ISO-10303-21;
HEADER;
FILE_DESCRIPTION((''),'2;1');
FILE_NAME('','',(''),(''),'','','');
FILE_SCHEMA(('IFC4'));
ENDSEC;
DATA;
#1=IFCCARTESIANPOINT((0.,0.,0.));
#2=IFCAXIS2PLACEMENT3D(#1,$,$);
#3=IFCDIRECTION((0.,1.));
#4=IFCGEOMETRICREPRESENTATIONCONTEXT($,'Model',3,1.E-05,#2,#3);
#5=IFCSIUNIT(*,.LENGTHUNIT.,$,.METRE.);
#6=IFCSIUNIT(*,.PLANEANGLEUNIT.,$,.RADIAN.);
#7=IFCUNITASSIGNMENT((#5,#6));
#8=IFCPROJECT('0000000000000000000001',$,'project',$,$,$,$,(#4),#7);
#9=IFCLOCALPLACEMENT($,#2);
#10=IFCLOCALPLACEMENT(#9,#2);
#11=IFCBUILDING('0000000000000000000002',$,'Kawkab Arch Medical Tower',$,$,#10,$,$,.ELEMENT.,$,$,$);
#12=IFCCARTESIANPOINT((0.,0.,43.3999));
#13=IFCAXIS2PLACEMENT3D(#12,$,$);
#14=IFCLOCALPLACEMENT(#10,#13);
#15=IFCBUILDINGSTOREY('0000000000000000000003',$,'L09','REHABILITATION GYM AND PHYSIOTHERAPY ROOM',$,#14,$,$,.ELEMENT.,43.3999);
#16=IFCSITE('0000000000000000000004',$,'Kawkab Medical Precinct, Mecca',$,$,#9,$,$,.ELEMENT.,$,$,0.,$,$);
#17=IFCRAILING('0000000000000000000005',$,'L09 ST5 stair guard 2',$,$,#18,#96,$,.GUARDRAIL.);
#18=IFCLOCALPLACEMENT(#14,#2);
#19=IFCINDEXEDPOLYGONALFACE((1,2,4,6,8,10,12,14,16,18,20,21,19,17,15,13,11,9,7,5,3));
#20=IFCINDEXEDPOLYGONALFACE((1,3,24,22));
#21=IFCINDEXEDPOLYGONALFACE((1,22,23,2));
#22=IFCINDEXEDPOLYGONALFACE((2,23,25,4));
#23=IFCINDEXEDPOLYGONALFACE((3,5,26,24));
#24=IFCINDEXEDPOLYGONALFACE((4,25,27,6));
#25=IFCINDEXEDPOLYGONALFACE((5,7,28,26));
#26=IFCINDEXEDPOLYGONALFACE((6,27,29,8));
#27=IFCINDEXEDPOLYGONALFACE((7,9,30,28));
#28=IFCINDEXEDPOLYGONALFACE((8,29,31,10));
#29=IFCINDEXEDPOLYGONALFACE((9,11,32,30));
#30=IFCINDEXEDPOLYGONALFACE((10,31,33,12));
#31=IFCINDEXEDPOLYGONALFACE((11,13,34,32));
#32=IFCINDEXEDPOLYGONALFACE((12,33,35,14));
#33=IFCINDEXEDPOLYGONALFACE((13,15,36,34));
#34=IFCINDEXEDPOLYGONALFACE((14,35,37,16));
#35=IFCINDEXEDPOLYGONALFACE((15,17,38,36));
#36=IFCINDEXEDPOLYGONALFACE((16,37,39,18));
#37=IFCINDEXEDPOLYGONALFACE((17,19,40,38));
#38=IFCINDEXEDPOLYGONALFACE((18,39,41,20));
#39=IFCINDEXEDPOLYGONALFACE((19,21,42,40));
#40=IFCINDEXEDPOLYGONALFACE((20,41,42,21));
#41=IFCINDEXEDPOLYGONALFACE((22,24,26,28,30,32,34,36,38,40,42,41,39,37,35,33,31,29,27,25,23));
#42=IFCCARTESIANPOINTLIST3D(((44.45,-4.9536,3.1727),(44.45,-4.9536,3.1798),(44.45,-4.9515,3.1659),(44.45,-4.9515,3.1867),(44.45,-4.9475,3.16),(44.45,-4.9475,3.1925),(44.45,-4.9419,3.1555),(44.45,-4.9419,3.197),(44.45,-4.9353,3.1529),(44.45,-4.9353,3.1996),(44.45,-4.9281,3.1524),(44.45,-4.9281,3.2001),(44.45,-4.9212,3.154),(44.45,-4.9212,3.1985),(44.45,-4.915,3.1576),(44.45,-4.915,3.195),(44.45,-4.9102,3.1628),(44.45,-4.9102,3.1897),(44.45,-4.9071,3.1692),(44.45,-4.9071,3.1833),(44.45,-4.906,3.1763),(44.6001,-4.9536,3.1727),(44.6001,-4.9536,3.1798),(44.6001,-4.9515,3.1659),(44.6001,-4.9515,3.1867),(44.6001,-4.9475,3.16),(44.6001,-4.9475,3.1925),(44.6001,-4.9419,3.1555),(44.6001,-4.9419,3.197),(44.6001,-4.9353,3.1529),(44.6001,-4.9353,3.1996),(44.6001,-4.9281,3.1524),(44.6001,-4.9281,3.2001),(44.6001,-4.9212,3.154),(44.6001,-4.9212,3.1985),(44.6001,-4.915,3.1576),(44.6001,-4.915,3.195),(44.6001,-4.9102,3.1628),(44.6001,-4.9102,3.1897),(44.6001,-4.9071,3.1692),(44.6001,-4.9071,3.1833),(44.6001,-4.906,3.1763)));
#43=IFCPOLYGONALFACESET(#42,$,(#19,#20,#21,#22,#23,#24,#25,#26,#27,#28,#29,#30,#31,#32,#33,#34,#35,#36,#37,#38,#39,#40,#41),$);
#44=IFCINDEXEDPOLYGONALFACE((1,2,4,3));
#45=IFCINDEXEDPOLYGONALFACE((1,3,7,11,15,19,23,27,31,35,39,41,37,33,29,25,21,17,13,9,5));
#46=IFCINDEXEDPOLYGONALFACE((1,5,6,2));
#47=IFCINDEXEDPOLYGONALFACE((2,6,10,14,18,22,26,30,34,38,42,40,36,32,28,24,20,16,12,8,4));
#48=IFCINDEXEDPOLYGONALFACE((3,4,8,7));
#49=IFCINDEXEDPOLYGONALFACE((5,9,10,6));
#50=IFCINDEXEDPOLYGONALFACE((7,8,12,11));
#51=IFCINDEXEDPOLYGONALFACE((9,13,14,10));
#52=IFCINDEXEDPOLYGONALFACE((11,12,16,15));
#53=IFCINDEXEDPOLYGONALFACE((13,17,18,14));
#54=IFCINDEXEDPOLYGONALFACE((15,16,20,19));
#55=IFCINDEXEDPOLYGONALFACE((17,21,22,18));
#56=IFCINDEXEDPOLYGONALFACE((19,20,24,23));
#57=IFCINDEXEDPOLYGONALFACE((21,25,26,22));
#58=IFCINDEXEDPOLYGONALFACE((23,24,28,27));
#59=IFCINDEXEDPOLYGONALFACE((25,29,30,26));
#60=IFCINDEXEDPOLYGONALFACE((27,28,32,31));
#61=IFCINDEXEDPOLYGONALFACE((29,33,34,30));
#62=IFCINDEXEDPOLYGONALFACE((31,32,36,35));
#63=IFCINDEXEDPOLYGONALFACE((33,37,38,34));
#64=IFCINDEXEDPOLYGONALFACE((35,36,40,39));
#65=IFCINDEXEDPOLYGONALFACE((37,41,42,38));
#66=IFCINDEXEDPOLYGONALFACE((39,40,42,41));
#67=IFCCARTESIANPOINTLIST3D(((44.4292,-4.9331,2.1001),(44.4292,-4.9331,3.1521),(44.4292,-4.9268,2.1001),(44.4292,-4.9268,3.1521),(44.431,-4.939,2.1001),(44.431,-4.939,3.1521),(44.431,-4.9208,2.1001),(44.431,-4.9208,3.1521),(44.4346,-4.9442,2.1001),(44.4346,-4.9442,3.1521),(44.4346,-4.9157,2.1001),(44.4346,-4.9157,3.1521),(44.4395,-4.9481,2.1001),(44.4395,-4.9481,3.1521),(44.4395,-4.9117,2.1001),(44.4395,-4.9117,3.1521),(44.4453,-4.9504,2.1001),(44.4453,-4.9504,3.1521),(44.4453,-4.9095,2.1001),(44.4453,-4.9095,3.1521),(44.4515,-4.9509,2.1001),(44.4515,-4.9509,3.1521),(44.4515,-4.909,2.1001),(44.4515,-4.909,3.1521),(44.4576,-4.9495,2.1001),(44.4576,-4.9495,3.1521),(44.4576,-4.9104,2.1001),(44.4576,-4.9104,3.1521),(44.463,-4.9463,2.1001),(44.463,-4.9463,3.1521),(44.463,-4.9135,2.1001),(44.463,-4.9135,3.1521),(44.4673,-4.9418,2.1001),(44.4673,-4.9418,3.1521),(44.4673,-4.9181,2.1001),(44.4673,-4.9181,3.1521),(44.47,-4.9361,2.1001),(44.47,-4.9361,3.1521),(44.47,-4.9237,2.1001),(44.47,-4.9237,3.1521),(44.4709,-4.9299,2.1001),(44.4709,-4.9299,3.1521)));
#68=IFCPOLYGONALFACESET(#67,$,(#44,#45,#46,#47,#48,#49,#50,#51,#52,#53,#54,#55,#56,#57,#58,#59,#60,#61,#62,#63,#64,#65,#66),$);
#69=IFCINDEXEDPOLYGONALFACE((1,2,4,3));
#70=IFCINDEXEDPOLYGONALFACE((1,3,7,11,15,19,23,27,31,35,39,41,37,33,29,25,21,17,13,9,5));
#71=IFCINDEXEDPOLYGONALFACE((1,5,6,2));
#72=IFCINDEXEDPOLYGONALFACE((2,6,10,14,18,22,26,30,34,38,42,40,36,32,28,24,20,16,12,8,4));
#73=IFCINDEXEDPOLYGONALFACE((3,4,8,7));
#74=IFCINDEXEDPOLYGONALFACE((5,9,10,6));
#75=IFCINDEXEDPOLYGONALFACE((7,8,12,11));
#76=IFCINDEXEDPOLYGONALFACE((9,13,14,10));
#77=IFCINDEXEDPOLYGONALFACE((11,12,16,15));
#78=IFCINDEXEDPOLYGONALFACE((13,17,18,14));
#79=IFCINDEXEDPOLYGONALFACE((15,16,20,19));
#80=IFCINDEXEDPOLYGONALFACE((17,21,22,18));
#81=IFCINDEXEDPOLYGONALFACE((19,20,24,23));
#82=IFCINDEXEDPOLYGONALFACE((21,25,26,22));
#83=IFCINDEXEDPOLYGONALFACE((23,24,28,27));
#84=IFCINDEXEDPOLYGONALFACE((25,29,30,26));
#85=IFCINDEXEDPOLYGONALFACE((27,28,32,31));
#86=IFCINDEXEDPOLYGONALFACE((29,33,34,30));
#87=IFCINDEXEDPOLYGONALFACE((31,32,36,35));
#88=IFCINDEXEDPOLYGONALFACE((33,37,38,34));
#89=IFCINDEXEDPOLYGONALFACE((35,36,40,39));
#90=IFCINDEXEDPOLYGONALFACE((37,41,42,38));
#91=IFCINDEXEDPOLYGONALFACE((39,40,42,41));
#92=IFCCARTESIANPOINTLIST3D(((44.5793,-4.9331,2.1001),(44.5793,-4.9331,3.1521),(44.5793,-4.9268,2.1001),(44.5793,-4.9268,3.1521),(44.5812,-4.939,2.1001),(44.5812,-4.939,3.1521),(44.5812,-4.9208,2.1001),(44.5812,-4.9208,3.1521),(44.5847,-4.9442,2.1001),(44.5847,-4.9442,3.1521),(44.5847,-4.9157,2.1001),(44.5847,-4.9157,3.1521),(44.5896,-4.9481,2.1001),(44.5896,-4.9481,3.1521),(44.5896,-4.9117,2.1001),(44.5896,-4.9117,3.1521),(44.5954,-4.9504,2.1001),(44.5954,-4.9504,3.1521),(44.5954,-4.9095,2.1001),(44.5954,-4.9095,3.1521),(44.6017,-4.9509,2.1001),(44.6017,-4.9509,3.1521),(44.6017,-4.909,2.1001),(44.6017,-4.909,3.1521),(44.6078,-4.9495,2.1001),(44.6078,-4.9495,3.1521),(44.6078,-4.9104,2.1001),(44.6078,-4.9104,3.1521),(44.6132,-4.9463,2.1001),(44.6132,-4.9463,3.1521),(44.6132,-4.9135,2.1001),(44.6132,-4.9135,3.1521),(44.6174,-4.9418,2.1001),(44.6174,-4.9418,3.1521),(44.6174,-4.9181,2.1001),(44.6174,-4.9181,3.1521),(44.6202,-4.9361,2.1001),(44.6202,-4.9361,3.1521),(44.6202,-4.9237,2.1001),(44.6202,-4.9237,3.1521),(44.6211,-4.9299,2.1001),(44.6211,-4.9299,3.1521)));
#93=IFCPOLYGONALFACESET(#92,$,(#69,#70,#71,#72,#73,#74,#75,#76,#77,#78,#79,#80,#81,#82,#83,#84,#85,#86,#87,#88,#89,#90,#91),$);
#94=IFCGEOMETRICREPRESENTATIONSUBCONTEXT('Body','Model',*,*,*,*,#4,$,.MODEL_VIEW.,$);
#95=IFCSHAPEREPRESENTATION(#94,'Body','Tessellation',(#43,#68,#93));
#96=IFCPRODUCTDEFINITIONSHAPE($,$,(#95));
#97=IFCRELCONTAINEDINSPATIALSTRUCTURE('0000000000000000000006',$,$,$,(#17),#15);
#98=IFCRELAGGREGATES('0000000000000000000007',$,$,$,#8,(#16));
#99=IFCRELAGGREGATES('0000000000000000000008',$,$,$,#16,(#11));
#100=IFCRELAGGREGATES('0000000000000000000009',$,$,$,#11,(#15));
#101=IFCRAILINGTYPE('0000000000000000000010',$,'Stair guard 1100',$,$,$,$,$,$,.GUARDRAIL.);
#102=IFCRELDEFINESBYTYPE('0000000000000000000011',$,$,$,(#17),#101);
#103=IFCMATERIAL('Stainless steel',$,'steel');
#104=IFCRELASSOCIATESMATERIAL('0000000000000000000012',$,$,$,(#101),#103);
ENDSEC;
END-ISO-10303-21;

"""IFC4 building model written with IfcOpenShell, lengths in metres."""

from ifc_helpers import new_model, si_unit, direction, frame, origin, origin_2d, place, context, subcontext, project, spatial, circle, extrude, material, type_object, element, save


model = new_model("IFC4")

# Units and contexts
model_context = context("Model", 3, precision=1e-05, world=origin(), true_north=direction((0.0, 1.0)))
body_context = subcontext(model_context, "Body", "Model", "MODEL_VIEW")
ifc_project = project(units=[si_unit("LENGTHUNIT", "METRE"), si_unit("PLANEANGLEUNIT", "RADIAN")], contexts=[model_context])

# Site, building, storey
site_placement = place(None, origin())
site = spatial("IfcSite", under=ifc_project, at=site_placement, Name="Kawkab Medical Precinct, Mecca", CompositionType="ELEMENT", RefElevation=0.0)
building_placement = place(site_placement, origin())
building = spatial("IfcBuilding", under=site, at=building_placement, Name="Kawkab Arch Medical Tower", CompositionType="ELEMENT")
storey_placement = place(building_placement, frame((0.0, 0.0, 43.3999)))
storey = spatial("IfcBuildingStorey", under=building, at=storey_placement, Name="L09", Description="REHABILITATION GYM AND PHYSIOTHERAPY ROOM", CompositionType="ELEMENT", Elevation=43.3999)

# Railing
ifc_material_1 = material(Name="Stainless steel", Category="steel")
railing_type = type_object("IfcRailingType", Name="Stair guard 1100", PredefinedType="GUARDRAIL", material=ifc_material_1)
railing_1_placement = place(storey_placement, frame((44.45, -4.9299, 2.1001)))
element("IfcRailing", 1, at=railing_1_placement, inside=storey, type_object=railing_type, Name="L09 ST5 stair guard 2", PredefinedType="GUARDRAIL", context=body_context, shape_type="SweptSolid", body=[
    extrude(circle(Radius=0.0239, at=origin_2d()), frame((0.0, 0.0, 1.0762), z_axis=(1.0, 0.0, 0.0), x_axis=(0.0, 1.0, 0.0)), (0.0, 0.0, 1.0), 0.1501),
    extrude(circle(Radius=0.021, at=origin_2d()), origin(), (0.0, 0.0, 1.0), 1.052),
    extrude(circle(Radius=0.021, at=origin_2d()), frame((0.1501, 0.0, 0.0)), (0.0, 0.0, 1.0), 1.052),
])

save(model, "model.ifc")
